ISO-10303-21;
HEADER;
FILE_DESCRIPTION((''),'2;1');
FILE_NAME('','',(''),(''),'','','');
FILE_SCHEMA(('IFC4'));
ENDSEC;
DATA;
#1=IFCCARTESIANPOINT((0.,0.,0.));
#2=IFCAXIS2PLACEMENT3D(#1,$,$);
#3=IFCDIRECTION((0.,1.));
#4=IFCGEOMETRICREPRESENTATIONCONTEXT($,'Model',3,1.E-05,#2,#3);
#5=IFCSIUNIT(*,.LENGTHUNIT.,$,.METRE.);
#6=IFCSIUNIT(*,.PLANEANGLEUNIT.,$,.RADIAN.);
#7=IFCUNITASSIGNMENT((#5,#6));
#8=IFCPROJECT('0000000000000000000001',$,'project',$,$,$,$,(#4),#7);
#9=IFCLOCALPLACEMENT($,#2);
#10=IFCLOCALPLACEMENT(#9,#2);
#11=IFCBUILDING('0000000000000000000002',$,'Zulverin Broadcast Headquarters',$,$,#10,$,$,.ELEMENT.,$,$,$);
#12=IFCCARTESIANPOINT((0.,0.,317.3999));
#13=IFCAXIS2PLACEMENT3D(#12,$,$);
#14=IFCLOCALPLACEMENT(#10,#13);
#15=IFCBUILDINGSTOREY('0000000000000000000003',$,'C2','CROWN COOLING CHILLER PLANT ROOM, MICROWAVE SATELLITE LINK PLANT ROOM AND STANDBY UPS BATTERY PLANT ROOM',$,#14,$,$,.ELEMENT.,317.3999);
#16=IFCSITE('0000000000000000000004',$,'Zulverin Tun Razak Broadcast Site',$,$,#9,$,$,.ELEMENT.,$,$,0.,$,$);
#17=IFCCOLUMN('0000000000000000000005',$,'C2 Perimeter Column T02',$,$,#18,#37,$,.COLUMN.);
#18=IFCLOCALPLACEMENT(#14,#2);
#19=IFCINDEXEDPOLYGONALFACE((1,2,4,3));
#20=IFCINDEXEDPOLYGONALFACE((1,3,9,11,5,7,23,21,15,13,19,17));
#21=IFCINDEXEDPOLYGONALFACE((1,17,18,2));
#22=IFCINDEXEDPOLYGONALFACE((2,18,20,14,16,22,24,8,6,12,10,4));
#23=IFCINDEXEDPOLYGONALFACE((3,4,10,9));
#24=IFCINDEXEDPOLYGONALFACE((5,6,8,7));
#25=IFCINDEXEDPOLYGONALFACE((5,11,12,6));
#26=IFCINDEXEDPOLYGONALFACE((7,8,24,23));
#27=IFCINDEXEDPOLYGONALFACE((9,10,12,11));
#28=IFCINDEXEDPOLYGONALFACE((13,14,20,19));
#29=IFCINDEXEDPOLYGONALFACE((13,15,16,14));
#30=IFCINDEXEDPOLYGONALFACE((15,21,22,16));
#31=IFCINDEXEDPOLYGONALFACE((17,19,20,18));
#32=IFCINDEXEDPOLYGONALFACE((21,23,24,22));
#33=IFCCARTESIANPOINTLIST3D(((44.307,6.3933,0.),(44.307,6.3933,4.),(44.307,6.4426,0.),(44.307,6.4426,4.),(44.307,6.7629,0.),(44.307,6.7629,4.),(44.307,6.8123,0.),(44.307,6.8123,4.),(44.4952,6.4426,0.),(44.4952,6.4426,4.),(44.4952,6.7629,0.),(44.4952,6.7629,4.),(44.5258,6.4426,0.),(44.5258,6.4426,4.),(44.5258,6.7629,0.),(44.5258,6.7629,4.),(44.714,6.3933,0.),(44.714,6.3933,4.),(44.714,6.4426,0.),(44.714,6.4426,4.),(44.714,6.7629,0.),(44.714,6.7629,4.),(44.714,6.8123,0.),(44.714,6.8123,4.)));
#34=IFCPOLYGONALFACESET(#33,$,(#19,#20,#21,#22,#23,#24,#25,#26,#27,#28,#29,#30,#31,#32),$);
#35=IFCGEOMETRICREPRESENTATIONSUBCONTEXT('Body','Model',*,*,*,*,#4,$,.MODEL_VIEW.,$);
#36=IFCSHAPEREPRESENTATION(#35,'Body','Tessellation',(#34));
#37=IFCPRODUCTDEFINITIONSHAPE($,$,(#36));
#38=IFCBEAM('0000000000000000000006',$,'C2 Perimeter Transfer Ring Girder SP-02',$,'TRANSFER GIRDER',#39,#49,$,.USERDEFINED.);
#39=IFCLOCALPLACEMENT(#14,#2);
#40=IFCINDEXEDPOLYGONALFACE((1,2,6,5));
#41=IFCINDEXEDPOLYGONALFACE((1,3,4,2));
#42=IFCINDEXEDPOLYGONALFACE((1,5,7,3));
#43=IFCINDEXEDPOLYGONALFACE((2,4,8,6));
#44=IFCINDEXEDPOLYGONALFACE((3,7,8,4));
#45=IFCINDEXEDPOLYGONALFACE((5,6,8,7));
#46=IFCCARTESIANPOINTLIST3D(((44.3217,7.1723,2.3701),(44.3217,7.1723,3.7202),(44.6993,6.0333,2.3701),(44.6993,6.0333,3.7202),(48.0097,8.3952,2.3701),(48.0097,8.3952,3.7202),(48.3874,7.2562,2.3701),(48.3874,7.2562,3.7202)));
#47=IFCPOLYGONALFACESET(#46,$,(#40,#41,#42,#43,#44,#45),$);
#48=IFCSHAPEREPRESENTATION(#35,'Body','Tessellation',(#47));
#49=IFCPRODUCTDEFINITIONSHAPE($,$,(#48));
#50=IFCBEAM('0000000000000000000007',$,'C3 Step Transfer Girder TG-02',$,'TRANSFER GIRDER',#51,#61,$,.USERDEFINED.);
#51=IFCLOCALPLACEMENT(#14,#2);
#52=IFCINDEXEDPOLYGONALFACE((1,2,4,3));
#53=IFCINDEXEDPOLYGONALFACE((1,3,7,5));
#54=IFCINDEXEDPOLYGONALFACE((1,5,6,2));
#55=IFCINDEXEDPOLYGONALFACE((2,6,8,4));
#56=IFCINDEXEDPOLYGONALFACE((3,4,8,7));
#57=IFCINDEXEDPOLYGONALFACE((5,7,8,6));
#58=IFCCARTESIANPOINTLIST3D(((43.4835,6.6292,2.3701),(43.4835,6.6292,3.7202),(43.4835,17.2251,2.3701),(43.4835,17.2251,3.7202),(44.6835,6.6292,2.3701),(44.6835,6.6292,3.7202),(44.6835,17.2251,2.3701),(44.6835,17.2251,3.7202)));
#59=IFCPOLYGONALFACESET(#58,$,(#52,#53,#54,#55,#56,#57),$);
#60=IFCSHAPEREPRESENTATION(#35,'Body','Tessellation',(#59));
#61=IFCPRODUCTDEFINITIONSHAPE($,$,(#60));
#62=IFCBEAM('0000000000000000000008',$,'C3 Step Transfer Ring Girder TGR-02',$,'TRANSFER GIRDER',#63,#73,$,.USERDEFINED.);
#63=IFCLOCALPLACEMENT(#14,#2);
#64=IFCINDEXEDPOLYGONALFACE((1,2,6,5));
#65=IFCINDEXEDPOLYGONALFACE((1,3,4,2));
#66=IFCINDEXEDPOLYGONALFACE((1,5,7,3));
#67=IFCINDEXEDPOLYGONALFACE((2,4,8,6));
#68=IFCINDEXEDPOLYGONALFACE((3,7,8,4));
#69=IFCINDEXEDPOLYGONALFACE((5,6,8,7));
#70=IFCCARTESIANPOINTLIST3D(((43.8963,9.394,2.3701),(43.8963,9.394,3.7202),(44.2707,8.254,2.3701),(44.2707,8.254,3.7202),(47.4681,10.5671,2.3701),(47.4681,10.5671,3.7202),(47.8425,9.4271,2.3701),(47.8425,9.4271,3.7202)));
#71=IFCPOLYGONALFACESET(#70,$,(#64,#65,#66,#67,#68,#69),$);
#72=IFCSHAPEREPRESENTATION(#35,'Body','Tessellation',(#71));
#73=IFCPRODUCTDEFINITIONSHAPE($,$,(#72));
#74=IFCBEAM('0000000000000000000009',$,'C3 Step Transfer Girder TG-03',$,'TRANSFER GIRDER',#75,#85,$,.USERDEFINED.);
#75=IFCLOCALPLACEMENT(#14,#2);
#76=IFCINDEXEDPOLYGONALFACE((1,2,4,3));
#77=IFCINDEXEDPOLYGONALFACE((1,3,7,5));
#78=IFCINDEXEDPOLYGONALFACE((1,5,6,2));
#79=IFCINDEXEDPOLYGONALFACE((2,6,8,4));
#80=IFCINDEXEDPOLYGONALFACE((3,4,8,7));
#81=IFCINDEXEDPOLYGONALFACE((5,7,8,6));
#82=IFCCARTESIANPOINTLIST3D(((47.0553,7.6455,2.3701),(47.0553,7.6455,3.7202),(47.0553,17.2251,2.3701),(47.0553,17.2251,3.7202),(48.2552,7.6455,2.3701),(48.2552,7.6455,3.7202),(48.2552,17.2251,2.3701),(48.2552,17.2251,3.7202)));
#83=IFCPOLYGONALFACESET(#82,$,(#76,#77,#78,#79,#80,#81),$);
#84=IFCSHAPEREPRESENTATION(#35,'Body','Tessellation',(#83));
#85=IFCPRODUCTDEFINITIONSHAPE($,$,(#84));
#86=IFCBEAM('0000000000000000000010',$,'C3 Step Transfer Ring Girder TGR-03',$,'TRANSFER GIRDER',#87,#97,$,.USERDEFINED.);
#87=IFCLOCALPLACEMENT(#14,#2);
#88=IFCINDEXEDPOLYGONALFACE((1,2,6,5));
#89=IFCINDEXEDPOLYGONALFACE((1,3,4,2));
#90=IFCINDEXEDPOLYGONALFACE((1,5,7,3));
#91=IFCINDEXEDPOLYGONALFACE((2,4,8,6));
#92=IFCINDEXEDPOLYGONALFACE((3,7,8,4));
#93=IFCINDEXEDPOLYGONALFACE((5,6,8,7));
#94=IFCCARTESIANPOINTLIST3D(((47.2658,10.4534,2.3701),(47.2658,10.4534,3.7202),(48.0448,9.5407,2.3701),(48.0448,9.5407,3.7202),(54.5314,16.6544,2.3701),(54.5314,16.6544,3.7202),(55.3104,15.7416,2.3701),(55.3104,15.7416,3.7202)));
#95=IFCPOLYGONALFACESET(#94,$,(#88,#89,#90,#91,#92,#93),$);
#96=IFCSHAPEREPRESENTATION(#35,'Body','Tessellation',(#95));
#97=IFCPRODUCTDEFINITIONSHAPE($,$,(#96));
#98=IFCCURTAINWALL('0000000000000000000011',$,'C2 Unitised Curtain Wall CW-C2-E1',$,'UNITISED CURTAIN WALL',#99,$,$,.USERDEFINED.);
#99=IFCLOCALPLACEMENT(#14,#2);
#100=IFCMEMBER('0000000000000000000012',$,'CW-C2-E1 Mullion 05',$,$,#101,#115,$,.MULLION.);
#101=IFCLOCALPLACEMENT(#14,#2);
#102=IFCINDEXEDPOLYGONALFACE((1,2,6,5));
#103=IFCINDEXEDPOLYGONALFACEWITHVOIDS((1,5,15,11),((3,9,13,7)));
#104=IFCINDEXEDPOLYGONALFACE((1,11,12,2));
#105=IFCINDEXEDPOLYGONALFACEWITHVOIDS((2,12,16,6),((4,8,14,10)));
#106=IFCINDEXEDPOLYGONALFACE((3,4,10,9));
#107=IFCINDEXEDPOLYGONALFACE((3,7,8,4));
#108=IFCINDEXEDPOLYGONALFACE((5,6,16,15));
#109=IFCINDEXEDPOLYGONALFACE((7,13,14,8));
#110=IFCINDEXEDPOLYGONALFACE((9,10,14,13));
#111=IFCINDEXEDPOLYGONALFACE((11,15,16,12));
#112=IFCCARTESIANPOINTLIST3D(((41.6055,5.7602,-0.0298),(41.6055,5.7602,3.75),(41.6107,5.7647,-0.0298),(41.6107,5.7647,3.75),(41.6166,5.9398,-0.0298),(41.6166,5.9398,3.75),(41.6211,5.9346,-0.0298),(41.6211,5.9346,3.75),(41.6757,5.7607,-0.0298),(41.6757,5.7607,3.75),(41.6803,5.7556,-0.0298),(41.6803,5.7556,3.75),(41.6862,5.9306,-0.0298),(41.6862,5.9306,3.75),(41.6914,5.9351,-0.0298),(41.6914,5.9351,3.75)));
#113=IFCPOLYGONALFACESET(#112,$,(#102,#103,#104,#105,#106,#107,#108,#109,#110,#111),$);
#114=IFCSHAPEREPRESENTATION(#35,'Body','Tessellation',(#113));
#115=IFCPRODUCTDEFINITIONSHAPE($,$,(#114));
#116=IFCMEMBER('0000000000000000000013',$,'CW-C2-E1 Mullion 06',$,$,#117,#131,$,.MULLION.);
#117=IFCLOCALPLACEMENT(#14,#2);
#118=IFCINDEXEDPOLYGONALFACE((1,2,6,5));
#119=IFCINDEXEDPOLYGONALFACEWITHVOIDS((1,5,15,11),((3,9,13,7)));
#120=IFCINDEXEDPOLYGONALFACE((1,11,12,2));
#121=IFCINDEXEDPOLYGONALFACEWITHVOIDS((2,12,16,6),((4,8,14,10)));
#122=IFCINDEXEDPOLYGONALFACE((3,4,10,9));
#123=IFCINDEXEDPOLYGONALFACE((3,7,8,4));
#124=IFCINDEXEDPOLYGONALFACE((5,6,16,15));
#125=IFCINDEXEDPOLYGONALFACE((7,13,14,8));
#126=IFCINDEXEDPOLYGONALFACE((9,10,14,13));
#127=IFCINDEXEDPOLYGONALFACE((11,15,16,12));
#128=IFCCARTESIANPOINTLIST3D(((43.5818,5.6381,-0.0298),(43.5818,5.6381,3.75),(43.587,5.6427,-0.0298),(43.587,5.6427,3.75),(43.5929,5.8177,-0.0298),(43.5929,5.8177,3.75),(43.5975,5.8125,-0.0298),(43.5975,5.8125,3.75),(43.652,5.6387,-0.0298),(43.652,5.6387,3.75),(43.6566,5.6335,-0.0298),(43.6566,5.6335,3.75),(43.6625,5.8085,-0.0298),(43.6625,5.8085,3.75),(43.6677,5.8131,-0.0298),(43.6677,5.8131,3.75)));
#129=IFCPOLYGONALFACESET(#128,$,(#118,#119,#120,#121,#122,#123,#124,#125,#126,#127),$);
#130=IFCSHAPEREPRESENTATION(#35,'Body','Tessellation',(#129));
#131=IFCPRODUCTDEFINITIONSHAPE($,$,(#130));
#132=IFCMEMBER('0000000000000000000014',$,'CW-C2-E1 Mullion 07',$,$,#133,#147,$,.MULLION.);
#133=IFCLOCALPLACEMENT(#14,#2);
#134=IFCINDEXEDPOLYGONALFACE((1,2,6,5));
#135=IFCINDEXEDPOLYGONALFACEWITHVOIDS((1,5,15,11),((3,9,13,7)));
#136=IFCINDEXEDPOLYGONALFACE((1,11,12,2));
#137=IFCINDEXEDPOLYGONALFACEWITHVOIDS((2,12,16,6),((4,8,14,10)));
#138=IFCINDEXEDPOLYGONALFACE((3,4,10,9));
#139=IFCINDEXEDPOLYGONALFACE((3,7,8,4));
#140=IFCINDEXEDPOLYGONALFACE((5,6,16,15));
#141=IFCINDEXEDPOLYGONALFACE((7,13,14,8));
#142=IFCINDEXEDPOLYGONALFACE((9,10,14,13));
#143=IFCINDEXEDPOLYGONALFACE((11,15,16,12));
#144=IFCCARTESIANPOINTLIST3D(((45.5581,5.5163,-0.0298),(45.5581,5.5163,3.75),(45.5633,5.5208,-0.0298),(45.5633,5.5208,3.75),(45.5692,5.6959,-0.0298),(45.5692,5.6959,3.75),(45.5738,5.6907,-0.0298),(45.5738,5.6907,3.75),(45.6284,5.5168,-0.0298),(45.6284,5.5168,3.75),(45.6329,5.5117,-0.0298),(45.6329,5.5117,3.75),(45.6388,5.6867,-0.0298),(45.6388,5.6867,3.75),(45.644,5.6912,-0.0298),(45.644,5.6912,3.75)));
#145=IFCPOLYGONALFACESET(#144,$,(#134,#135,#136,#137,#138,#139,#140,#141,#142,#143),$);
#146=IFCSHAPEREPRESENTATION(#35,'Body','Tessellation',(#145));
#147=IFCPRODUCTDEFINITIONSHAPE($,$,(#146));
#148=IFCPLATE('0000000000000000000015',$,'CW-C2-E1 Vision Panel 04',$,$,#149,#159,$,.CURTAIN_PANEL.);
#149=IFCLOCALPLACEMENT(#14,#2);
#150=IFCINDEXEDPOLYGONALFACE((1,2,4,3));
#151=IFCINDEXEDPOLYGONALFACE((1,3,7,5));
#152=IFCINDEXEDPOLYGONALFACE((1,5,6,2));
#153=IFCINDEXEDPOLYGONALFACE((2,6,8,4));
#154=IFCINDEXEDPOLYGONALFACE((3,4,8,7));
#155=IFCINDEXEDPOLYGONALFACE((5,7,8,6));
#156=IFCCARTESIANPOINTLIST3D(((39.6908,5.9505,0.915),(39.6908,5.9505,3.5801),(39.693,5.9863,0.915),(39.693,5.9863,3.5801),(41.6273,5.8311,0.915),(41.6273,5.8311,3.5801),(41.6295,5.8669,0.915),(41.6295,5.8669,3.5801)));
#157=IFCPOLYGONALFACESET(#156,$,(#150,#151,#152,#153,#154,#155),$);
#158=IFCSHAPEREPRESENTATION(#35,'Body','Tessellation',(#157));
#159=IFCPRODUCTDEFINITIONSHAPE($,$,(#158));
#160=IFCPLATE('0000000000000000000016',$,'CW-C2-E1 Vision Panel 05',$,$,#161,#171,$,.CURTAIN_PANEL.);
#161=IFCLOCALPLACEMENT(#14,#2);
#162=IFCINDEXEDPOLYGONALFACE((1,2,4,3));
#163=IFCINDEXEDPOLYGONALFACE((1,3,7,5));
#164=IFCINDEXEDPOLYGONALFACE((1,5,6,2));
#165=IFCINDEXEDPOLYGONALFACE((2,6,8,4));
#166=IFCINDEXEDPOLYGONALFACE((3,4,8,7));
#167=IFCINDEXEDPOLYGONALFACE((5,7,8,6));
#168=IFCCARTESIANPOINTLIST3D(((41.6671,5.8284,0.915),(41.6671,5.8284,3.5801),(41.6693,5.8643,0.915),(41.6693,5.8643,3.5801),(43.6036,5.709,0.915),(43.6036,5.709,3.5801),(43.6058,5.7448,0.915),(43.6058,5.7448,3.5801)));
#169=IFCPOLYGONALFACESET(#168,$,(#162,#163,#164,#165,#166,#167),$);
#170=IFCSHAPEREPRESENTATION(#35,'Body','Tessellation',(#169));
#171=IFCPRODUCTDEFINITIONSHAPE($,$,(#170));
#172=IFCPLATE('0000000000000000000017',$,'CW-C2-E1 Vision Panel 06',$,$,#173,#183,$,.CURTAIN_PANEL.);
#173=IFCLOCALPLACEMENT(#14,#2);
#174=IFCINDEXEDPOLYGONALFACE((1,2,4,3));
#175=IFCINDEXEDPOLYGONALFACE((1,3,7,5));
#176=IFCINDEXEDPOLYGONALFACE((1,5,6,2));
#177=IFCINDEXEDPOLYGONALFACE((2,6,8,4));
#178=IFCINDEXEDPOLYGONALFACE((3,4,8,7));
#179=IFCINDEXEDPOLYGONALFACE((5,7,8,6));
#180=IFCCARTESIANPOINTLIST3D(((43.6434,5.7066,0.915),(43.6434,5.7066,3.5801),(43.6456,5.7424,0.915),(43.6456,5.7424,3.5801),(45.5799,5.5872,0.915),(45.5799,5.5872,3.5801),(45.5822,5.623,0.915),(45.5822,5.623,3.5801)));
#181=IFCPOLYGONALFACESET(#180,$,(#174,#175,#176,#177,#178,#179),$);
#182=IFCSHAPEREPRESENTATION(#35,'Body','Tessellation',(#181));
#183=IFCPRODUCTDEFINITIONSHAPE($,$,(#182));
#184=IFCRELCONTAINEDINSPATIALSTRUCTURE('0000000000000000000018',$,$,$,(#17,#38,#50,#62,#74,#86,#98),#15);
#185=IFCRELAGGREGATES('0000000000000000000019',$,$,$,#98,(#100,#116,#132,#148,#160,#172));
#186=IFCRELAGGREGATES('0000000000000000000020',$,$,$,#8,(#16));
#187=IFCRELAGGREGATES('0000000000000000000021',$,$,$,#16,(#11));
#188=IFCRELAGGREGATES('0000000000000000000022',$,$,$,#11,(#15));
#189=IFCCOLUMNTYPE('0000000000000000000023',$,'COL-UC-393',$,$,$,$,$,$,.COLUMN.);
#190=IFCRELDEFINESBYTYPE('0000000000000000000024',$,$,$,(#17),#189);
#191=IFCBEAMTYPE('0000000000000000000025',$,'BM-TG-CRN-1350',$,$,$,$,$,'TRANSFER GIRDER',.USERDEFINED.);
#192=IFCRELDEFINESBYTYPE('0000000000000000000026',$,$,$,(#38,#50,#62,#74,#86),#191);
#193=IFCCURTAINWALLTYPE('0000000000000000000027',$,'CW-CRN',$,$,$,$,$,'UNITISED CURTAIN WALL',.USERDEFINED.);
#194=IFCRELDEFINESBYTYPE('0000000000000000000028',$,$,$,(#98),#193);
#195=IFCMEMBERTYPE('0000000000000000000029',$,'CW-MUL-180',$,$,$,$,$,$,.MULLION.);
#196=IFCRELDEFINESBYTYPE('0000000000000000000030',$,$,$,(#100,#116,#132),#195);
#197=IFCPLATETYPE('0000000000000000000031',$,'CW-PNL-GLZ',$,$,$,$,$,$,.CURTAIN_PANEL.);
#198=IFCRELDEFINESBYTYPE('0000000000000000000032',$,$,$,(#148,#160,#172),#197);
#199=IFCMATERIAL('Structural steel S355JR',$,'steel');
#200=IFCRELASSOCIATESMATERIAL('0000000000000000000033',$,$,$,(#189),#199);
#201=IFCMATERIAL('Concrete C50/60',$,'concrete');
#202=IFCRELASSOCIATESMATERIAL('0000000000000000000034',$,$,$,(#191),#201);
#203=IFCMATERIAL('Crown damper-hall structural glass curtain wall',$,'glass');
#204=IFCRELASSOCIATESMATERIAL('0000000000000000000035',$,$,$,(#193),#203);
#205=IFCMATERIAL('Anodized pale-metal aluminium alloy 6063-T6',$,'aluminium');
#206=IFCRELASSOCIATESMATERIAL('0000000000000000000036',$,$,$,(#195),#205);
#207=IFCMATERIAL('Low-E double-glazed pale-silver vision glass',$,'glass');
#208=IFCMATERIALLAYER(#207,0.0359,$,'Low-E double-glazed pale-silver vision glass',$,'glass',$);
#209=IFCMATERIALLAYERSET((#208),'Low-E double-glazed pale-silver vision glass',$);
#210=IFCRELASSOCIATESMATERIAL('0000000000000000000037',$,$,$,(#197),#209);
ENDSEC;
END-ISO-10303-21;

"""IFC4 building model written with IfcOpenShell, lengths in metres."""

from ifc_helpers import new_model, si_unit, direction, frame, origin, origin_2d, place, context, subcontext, project, spatial, rectangle, hollow_rectangle, i_section, extrude, material, layer, layer_set, material_profile, profile_set, type_object, element, aggregate, save


model = new_model("IFC4")

# Units and contexts
model_context = context("Model", 3, precision=1e-05, world=origin(), true_north=direction((0.0, 1.0)))
body_context = subcontext(model_context, "Body", "Model", "MODEL_VIEW")
ifc_project = project(units=[si_unit("LENGTHUNIT", "METRE"), si_unit("PLANEANGLEUNIT", "RADIAN")], contexts=[model_context])

# Site, building, storey
site_placement = place(None, origin())
site = spatial("IfcSite", under=ifc_project, at=site_placement, Name="Zulverin Tun Razak Broadcast Site", CompositionType="ELEMENT", RefElevation=0.0)
building_placement = place(site_placement, origin())
building = spatial("IfcBuilding", under=site, at=building_placement, Name="Zulverin Broadcast Headquarters", CompositionType="ELEMENT")
storey_placement = place(building_placement, frame((0.0, 0.0, 317.3999)))
storey = spatial("IfcBuildingStorey", under=building, at=storey_placement, Name="C2", Description="CROWN COOLING CHILLER PLANT ROOM, MICROWAVE SATELLITE LINK PLANT ROOM AND STANDBY UPS BATTERY PLANT ROOM", CompositionType="ELEMENT", Elevation=317.3999)

# Column
ifc_material_1 = material(Name="Structural steel S355JR", Category="steel")
ifc_material_profile_1 = material_profile(ifc_material_1, i_section(OverallWidth=0.407, OverallDepth=0.4189, WebThickness=0.0305, FlangeThickness=0.0493, at=origin_2d()), Name="Structural steel S355JR", Category="steel")
ifc_profile_set_1 = profile_set([ifc_material_profile_1], Name="Structural steel S355JR")
column_type = type_object("IfcColumnType", Name="COL-UC-393", PredefinedType="COLUMN", material=ifc_profile_set_1)
column_placement = place(storey_placement, frame((44.5105, 6.6028, 0.0), z_axis=(0.0, 0.0, 1.0), x_axis=(1.0, 0.0, 0.0)))
element("IfcColumn", 1, at=column_placement, inside=storey, type_object=column_type, Name="C2 Perimeter Column T02", PredefinedType="COLUMN", context=body_context, shape_type="SweptSolid", body=[
    extrude(i_section(OverallWidth=0.407, OverallDepth=0.4189, WebThickness=0.0305, FlangeThickness=0.0493, at=origin_2d()), origin(), (0.0, 0.0, 1.0), 4.0),
])

# Beams
ifc_material_2 = material(Name="Concrete C50/60", Category="concrete")
ifc_material_profile_2 = material_profile(ifc_material_2, rectangle(XDim=1.2, YDim=1.3501, at=origin_2d()), Name="Concrete C50/60", Category="concrete")
ifc_profile_set_2 = profile_set([ifc_material_profile_2], Name="Concrete C50/60")
beam_type = type_object("IfcBeamType", Name="BM-TG-CRN-1350", ElementType="TRANSFER GIRDER", PredefinedType="USERDEFINED", material=ifc_profile_set_2)
beam_1_placement = place(storey_placement, frame((44.5105, 6.6028, 3.0452), z_axis=(0.949179, 0.314738, 0.0), x_axis=(-0.314738, 0.949179, 0.0)))
element("IfcBeam", 2, at=beam_1_placement, inside=storey, type_object=beam_type, Name="C2 Perimeter Transfer Ring Girder SP-02", ObjectType="TRANSFER GIRDER", PredefinedType="USERDEFINED", context=body_context, shape_type="SweptSolid", body=[
    extrude(rectangle(XDim=1.2, YDim=1.3501, at=origin_2d()), origin(), (0.0, 0.0, 1.0), 3.8855),
])
beam_2_placement = place(storey_placement, frame((44.0835, 17.2251, 3.0452), z_axis=(0.0, -1.0, 0.0), x_axis=(1.0, 0.0, 0.0)))
element("IfcBeam", 3, at=beam_2_placement, inside=storey, type_object=beam_type, Name="C3 Step Transfer Girder TG-02", ObjectType="TRANSFER GIRDER", PredefinedType="USERDEFINED", context=body_context, shape_type="SweptSolid", body=[
    extrude(rectangle(XDim=1.2, YDim=1.3501, at=origin_2d()), origin(), (0.0, 0.0, 1.0), 10.5959),
])
beam_3_placement = place(storey_placement, frame((44.0835, 8.824, 3.0452), z_axis=(0.95007, 0.312036, 0.0), x_axis=(-0.312036, 0.95007, 0.0)))
element("IfcBeam", 4, at=beam_3_placement, inside=storey, type_object=beam_type, Name="C3 Step Transfer Ring Girder TGR-02", ObjectType="TRANSFER GIRDER", PredefinedType="USERDEFINED", context=body_context, shape_type="SweptSolid", body=[
    extrude(rectangle(XDim=1.2, YDim=1.3501, at=origin_2d()), origin(), (0.0, 0.0, 1.0), 3.7595),
])
beam_4_placement = place(storey_placement, frame((47.6553, 17.2251, 3.0452), z_axis=(0.0, -1.0, 0.0), x_axis=(1.0, 0.0, 0.0)))
element("IfcBeam", 5, at=beam_4_placement, inside=storey, type_object=beam_type, Name="C3 Step Transfer Girder TG-03", ObjectType="TRANSFER GIRDER", PredefinedType="USERDEFINED", context=body_context, shape_type="SweptSolid", body=[
    extrude(rectangle(XDim=1.2, YDim=1.3501, at=origin_2d()), origin(), (0.0, 0.0, 1.0), 9.5796),
])
beam_5_placement = place(storey_placement, frame((47.6553, 9.9971, 3.0452), z_axis=(0.760639, 0.649175, 0.0), x_axis=(-0.649175, 0.760639, 0.0)))
element("IfcBeam", 6, at=beam_5_placement, inside=storey, type_object=beam_type, Name="C3 Step Transfer Ring Girder TGR-03", ObjectType="TRANSFER GIRDER", PredefinedType="USERDEFINED", context=body_context, shape_type="SweptSolid", body=[
    extrude(rectangle(XDim=1.2, YDim=1.3501, at=origin_2d()), origin(), (0.0, 0.0, 1.0), 9.552),
])

# Curtain wall, members, plates
ifc_material_3 = material(Name="Crown damper-hall structural glass curtain wall", Category="glass")
curtain_wall_type = type_object("IfcCurtainWallType", Name="CW-CRN", ElementType="UNITISED CURTAIN WALL", PredefinedType="USERDEFINED", material=ifc_material_3)
curtain_wall_placement = place(storey_placement, origin())
curtain_wall = element("IfcCurtainWall", 7, at=curtain_wall_placement, inside=storey, type_object=curtain_wall_type, Name="C2 Unitised Curtain Wall CW-C2-E1", ObjectType="UNITISED CURTAIN WALL", PredefinedType="USERDEFINED")
ifc_material_4 = material(Name="Anodized pale-metal aluminium alloy 6063-T6", Category="aluminium")
ifc_material_profile_3 = material_profile(ifc_material_4, hollow_rectangle(XDim=0.075, YDim=0.1799, WallThickness=0.0049, at=origin_2d()), Name="Anodized pale-metal aluminium alloy 6063-T6", Category="aluminium")
ifc_profile_set_3 = profile_set([ifc_material_profile_3], Name="Anodized pale-metal aluminium alloy 6063-T6")
member_type = type_object("IfcMemberType", Name="CW-MUL-180", PredefinedType="MULLION", material=ifc_profile_set_3)
member_1_placement = place(storey_placement, frame((41.6484, 5.8477, -0.0298), z_axis=(0.0, 0.0, 1.0), x_axis=(0.998103, -0.061571, 0.0)))
member_1 = element("IfcMember", 8, at=member_1_placement, type_object=member_type, Name="CW-C2-E1 Mullion 05", PredefinedType="MULLION", context=body_context, shape_type="SweptSolid", body=[
    extrude(hollow_rectangle(XDim=0.075, YDim=0.1799, WallThickness=0.0049, at=origin_2d()), origin(), (0.0, 0.0, 1.0), 3.7798),
])
member_2_placement = place(storey_placement, frame((43.6248, 5.7256, -0.0298), z_axis=(0.0, 0.0, 1.0), x_axis=(0.998103, -0.061571, 0.0)))
member_2 = element("IfcMember", 9, at=member_2_placement, type_object=member_type, Name="CW-C2-E1 Mullion 06", PredefinedType="MULLION", context=body_context, shape_type="SweptSolid", body=[
    extrude(hollow_rectangle(XDim=0.075, YDim=0.1799, WallThickness=0.0049, at=origin_2d()), origin(), (0.0, 0.0, 1.0), 3.7798),
])
member_3_placement = place(storey_placement, frame((45.6011, 5.6038, -0.0298), z_axis=(0.0, 0.0, 1.0), x_axis=(0.998103, -0.061571, 0.0)))
member_3 = element("IfcMember", 10, at=member_3_placement, type_object=member_type, Name="CW-C2-E1 Mullion 07", PredefinedType="MULLION", context=body_context, shape_type="SweptSolid", body=[
    extrude(hollow_rectangle(XDim=0.075, YDim=0.1799, WallThickness=0.0049, at=origin_2d()), origin(), (0.0, 0.0, 1.0), 3.7798),
])
ifc_material_5 = material(Name="Low-E double-glazed pale-silver vision glass", Category="glass")
ifc_layer_1 = layer(ifc_material_5, 0.0359, Name="Low-E double-glazed pale-silver vision glass", Category="glass")
ifc_layer_set_1 = layer_set([ifc_layer_1], Name="Low-E double-glazed pale-silver vision glass")
plate_type_1 = type_object("IfcPlateType", Name="CW-PNL-GLZ", PredefinedType="CURTAIN_PANEL", material=ifc_layer_set_1)
plate_1_placement = place(storey_placement, frame((40.6602, 5.9087, 0.915), z_axis=(0.0, 0.0, 1.0), x_axis=(0.998103, -0.061571, 0.0)))
plate_1 = element("IfcPlate", 11, at=plate_1_placement, type_object=plate_type_1, Name="CW-C2-E1 Vision Panel 04", PredefinedType="CURTAIN_PANEL", context=body_context, shape_type="SweptSolid", body=[
    extrude(rectangle(XDim=1.9402, YDim=0.0359, at=origin_2d()), origin(), (0.0, 0.0, 1.0), 2.665),
])
plate_2_placement = place(storey_placement, frame((42.6365, 5.7866, 0.915), z_axis=(0.0, 0.0, 1.0), x_axis=(0.998103, -0.061571, 0.0)))
plate_2 = element("IfcPlate", 12, at=plate_2_placement, type_object=plate_type_1, Name="CW-C2-E1 Vision Panel 05", PredefinedType="CURTAIN_PANEL", context=body_context, shape_type="SweptSolid", body=[
    extrude(rectangle(XDim=1.9402, YDim=0.0359, at=origin_2d()), origin(), (0.0, 0.0, 1.0), 2.665),
])
plate_3_placement = place(storey_placement, frame((44.6128, 5.6648, 0.915), z_axis=(0.0, 0.0, 1.0), x_axis=(0.998103, -0.061571, 0.0)))
plate_3 = element("IfcPlate", 13, at=plate_3_placement, type_object=plate_type_1, Name="CW-C2-E1 Vision Panel 06", PredefinedType="CURTAIN_PANEL", context=body_context, shape_type="SweptSolid", body=[
    extrude(rectangle(XDim=1.9402, YDim=0.0359, at=origin_2d()), origin(), (0.0, 0.0, 1.0), 2.665),
])
aggregate(curtain_wall, [member_1, member_2, member_3, plate_1, plate_2, plate_3])

save(model, "model.ifc")
